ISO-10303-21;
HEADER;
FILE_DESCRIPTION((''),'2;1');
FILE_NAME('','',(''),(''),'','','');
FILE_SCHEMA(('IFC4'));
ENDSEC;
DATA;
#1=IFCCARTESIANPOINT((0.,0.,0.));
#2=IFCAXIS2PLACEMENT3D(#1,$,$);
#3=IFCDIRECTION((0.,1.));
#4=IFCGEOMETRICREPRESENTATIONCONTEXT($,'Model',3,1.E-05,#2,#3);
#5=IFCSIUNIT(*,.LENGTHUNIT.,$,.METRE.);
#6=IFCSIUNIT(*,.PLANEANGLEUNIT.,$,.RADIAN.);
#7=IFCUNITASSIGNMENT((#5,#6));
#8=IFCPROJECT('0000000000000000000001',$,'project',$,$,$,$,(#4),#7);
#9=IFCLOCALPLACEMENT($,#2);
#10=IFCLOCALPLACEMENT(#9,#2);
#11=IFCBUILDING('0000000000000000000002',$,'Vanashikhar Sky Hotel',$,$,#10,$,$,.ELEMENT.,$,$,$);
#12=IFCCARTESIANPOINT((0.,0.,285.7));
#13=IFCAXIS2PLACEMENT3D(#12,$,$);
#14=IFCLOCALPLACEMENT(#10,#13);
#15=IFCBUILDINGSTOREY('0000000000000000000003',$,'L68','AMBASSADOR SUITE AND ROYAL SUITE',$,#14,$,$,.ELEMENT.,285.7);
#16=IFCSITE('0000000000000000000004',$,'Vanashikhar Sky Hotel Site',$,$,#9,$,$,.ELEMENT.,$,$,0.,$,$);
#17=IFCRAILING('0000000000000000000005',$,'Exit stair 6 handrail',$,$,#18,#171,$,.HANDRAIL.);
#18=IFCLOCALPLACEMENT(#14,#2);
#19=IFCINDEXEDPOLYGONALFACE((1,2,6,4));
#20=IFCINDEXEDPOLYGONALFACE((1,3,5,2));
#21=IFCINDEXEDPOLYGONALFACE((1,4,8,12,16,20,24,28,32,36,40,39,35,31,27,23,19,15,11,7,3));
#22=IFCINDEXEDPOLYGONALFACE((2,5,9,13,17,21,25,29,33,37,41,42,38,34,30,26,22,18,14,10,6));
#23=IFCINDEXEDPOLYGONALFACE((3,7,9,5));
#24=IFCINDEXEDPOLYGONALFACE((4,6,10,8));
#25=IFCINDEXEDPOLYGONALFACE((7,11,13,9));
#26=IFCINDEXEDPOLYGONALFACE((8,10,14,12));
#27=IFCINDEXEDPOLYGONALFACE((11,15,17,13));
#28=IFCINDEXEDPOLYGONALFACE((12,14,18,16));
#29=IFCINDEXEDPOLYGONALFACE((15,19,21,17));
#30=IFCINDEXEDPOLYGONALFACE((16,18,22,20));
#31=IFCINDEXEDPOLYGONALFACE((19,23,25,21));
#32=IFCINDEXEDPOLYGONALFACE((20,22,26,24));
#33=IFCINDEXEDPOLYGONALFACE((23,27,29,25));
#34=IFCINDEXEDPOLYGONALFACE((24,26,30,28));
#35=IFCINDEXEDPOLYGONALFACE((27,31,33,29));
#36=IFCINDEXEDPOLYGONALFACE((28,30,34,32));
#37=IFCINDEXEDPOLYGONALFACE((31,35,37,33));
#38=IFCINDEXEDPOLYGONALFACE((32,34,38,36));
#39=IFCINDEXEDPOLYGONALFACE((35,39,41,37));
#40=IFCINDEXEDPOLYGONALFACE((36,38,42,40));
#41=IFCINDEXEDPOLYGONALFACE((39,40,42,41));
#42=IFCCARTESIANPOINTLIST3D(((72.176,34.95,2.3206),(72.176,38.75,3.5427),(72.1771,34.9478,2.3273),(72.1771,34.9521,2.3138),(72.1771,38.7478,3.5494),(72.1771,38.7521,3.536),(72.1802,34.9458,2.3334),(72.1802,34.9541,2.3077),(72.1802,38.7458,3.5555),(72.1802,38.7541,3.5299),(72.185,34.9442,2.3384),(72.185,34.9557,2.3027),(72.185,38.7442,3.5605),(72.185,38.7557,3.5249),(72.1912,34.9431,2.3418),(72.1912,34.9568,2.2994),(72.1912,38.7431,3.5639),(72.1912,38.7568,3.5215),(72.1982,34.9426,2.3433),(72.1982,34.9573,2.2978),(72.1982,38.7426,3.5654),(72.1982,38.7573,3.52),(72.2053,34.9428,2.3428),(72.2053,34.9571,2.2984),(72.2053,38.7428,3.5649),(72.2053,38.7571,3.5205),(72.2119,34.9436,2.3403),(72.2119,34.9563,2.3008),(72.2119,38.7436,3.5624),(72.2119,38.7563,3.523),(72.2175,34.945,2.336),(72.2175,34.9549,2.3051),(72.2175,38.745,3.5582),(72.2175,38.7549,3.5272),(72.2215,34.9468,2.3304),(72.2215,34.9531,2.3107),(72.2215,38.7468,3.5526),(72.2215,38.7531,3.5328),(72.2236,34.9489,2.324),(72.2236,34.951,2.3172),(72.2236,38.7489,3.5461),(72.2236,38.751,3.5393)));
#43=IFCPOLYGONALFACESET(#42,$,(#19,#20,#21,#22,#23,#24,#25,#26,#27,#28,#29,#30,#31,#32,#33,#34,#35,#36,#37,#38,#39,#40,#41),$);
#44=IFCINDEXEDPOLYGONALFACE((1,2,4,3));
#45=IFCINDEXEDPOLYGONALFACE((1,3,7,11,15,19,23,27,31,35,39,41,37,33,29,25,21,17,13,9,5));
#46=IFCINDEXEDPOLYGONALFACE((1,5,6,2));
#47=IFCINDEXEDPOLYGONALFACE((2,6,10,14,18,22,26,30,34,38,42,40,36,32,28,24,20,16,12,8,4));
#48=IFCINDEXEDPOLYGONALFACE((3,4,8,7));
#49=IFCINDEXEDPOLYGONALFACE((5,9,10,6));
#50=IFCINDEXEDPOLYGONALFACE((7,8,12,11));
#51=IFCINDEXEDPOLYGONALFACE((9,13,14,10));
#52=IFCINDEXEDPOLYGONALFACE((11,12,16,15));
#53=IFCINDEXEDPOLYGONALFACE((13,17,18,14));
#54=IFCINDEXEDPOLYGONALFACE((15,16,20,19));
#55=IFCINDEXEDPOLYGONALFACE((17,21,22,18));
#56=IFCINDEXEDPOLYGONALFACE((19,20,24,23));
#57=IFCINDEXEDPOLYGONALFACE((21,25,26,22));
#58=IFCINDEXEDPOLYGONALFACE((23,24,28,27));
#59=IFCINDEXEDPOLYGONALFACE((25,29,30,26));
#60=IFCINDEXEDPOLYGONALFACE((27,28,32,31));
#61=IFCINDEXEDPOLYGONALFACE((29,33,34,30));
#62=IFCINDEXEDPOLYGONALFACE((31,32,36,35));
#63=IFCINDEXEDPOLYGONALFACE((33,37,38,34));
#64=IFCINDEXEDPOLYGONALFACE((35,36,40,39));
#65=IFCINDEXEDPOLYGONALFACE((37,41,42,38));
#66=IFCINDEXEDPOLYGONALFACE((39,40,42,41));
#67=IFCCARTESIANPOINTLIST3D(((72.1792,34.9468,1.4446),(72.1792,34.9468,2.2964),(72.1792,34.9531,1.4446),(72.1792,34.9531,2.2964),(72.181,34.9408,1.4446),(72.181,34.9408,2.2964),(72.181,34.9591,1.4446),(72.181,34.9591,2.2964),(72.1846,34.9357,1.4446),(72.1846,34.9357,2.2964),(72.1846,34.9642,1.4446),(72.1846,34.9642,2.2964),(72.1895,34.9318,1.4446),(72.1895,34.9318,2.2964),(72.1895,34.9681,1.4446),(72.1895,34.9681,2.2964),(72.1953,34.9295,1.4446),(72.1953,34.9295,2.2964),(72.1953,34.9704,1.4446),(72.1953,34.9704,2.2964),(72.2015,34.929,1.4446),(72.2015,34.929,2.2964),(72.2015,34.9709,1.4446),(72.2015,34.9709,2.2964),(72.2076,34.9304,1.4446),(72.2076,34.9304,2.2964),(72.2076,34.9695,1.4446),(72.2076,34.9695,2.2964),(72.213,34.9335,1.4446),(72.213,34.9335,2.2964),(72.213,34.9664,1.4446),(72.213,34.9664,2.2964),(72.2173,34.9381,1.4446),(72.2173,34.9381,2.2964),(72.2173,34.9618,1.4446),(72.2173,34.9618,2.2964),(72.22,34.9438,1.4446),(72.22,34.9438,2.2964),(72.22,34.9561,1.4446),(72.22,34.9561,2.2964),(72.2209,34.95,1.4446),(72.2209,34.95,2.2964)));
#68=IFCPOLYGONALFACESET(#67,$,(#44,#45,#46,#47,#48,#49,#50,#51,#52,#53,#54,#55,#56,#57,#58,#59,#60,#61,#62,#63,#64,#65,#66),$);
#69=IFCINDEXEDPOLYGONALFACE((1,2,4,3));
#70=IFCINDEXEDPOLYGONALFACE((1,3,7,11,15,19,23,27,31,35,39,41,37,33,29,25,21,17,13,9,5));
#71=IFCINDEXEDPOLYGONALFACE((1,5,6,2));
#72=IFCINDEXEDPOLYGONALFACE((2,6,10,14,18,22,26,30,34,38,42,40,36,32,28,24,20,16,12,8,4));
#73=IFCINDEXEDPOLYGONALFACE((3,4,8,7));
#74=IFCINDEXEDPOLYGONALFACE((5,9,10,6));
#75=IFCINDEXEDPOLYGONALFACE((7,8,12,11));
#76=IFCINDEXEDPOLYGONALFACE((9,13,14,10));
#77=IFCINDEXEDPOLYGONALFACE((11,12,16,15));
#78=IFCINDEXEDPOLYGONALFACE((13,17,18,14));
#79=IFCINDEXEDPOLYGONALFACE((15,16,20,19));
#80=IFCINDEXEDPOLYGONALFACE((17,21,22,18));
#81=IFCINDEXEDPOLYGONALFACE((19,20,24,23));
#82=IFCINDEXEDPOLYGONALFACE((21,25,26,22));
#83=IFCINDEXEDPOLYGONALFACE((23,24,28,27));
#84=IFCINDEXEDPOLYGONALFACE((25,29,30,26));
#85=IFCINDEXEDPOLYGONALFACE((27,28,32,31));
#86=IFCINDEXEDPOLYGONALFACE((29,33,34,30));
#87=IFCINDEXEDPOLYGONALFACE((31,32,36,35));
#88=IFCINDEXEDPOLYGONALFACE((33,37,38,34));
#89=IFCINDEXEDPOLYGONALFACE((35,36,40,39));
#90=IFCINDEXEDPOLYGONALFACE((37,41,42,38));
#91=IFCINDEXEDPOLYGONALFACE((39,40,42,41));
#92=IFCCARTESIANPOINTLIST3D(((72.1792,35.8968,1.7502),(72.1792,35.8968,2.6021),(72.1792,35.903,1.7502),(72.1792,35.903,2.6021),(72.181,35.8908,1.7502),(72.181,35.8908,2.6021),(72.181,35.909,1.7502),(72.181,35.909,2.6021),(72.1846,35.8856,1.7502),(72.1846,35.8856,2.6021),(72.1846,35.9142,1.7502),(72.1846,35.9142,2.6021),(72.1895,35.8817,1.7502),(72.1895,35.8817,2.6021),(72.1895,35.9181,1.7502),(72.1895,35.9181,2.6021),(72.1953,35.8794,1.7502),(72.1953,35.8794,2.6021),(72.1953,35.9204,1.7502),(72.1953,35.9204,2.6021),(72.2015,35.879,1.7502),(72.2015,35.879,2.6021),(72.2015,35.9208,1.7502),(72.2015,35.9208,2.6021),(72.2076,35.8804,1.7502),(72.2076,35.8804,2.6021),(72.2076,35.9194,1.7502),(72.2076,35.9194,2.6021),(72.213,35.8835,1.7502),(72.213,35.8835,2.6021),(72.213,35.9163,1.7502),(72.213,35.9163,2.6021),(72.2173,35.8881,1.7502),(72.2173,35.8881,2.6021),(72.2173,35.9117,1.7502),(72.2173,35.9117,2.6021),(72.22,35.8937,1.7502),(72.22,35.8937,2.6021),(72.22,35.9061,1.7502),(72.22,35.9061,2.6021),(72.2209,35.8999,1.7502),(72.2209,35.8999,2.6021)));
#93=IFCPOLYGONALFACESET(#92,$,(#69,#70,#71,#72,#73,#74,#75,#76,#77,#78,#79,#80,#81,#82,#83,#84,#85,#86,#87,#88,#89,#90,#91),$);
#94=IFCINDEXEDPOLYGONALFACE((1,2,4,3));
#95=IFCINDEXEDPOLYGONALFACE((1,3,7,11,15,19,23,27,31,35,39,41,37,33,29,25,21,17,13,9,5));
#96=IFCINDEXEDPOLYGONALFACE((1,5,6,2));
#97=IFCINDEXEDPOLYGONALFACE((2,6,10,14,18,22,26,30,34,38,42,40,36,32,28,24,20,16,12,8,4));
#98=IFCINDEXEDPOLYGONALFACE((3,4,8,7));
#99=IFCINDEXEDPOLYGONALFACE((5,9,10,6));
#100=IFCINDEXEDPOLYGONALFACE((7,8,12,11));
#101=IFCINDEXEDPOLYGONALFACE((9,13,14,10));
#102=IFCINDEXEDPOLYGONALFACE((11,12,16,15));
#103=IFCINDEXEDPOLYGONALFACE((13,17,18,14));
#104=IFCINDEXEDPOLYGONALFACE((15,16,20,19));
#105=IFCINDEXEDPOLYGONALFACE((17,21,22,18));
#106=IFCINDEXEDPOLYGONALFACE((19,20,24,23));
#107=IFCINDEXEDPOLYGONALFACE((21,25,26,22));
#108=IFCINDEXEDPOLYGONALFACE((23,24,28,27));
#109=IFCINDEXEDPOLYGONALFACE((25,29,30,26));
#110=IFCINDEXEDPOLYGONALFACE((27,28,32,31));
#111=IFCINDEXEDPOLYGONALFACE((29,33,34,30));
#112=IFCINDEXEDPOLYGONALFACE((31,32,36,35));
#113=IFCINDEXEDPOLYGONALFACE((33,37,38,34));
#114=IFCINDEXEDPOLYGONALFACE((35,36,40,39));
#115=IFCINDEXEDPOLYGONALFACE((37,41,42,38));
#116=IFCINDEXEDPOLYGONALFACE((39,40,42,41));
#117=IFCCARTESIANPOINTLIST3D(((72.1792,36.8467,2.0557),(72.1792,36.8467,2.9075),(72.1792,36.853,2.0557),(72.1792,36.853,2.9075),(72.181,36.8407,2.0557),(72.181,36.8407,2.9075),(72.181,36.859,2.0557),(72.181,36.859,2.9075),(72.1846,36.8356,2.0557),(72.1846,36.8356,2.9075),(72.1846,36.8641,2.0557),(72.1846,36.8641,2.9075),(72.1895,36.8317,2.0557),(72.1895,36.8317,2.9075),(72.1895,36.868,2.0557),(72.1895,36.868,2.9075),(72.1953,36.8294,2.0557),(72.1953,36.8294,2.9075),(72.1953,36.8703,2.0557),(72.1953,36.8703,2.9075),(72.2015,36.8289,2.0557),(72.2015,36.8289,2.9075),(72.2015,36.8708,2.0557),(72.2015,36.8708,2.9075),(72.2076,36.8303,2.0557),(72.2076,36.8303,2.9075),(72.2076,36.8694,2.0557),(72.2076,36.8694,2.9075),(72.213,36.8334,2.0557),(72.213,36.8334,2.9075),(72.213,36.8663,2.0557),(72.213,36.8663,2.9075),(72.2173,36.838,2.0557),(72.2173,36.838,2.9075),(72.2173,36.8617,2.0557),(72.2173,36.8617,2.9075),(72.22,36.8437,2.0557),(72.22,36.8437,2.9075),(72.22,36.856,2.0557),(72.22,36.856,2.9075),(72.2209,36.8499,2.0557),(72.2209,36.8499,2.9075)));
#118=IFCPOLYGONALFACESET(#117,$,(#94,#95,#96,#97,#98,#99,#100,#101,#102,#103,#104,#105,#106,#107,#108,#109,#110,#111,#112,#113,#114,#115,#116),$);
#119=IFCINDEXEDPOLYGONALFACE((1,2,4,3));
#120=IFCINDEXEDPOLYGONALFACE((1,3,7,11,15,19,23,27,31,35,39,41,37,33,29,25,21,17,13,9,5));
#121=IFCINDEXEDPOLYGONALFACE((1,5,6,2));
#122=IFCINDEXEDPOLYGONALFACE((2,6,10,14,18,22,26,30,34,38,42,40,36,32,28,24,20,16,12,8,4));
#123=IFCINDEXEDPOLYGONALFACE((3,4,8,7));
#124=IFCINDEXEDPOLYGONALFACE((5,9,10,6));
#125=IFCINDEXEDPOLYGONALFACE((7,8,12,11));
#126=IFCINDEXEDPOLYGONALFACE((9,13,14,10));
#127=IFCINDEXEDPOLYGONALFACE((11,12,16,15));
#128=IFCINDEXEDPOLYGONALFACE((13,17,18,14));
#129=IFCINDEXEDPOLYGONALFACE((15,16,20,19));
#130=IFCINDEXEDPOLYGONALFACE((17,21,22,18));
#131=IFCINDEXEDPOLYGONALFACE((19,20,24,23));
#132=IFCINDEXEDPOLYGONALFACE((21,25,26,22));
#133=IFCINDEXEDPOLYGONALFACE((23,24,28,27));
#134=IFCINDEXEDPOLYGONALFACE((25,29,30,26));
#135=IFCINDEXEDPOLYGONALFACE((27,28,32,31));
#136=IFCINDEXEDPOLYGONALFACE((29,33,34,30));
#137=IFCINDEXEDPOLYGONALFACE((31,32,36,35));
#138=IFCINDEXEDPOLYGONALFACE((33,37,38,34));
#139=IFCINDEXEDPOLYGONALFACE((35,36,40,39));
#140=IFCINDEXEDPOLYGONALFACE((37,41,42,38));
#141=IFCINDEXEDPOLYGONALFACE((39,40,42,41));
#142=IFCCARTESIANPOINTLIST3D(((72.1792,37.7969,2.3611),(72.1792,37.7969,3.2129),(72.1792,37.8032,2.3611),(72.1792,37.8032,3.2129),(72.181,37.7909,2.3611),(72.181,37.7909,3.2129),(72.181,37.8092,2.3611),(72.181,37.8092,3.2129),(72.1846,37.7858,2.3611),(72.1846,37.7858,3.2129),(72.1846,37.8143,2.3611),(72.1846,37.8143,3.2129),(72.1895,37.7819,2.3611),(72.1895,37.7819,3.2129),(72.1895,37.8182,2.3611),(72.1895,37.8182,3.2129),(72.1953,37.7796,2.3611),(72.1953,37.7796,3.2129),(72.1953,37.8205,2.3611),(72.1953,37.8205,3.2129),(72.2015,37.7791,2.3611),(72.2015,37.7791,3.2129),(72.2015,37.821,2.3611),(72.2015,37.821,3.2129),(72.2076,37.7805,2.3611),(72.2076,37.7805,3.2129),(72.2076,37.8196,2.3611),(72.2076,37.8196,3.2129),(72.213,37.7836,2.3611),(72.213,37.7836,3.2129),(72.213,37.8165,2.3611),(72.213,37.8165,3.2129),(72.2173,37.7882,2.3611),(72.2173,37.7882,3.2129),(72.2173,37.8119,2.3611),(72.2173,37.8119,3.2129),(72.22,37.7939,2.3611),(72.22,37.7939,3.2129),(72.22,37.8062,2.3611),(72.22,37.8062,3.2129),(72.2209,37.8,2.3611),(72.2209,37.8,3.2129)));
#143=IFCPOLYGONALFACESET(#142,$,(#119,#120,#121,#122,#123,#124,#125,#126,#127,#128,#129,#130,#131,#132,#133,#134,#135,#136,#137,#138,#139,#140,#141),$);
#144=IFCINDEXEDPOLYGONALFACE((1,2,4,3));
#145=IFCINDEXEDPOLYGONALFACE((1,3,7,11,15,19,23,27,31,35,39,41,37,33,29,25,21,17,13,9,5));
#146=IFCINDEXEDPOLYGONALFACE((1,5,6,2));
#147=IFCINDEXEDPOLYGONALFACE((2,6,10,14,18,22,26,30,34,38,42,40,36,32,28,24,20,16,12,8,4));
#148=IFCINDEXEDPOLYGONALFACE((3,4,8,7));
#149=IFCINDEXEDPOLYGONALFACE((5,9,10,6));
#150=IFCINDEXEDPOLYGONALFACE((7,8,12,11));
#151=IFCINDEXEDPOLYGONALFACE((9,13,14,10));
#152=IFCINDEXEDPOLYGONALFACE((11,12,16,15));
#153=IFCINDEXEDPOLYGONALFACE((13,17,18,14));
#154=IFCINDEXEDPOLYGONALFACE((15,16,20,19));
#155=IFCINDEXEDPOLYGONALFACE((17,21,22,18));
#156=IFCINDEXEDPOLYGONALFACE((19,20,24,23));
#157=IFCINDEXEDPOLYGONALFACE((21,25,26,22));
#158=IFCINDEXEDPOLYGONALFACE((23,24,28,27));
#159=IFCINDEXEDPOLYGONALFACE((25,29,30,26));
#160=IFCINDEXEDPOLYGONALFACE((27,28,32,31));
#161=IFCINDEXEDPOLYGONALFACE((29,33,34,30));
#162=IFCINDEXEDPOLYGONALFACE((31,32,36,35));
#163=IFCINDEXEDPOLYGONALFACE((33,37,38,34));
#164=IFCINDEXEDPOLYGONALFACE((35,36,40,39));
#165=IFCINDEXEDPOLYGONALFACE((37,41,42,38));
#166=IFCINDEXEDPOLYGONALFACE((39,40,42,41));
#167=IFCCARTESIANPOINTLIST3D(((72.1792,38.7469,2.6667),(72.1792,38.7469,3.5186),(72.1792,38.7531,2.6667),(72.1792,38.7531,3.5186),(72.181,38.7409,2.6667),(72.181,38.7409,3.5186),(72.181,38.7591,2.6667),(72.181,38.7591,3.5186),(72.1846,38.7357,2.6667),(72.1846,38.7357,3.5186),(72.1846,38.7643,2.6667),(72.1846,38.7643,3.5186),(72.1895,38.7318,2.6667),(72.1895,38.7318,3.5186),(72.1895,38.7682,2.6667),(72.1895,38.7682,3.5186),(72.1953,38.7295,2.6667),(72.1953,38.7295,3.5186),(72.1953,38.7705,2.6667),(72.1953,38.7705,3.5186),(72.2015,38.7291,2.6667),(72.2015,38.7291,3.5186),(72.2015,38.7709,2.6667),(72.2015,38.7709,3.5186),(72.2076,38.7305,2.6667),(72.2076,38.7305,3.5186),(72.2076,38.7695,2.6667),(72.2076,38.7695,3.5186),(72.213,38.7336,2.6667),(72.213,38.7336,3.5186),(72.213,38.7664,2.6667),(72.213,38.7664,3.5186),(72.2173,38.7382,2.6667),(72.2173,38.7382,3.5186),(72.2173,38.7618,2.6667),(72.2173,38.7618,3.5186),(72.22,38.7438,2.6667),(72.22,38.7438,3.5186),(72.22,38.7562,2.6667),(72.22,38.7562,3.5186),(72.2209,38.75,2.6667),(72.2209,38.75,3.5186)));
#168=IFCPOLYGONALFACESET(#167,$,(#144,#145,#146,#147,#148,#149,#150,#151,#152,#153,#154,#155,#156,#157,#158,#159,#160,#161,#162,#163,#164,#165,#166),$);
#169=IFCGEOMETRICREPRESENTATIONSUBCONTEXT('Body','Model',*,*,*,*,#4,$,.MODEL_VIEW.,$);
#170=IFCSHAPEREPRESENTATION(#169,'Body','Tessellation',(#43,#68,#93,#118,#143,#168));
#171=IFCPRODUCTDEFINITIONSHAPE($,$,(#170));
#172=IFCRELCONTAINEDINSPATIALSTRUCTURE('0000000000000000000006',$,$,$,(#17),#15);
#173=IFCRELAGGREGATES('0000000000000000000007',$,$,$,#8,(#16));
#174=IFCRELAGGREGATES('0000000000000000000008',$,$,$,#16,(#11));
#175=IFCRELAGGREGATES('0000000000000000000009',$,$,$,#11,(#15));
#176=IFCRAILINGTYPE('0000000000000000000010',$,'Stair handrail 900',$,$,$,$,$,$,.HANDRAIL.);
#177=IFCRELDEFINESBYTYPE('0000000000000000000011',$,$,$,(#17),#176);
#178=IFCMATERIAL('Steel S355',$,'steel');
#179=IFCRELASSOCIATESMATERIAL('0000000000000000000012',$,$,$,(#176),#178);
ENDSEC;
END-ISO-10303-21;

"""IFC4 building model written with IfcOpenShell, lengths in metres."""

from ifc_helpers import new_model, si_unit, direction, frame, origin, origin_2d, place, context, subcontext, project, spatial, circle, extrude, source, transform, mapped, material, type_object, element, save


model = new_model("IFC4")

# Units and contexts
model_context = context("Model", 3, precision=1e-05, world=origin(), true_north=direction((0.0, 1.0)))
body_context = subcontext(model_context, "Body", "Model", "MODEL_VIEW")
ifc_project = project(units=[si_unit("LENGTHUNIT", "METRE"), si_unit("PLANEANGLEUNIT", "RADIAN")], contexts=[model_context])

# Site, building, storey
site_placement = place(None, origin())
site = spatial("IfcSite", under=ifc_project, at=site_placement, Name="Vanashikhar Sky Hotel Site", CompositionType="ELEMENT", RefElevation=0.0)
building_placement = place(site_placement, origin())
building = spatial("IfcBuilding", under=site, at=building_placement, Name="Vanashikhar Sky Hotel", CompositionType="ELEMENT")
storey_placement = place(building_placement, frame((0.0, 0.0, 285.7)))
storey = spatial("IfcBuildingStorey", under=building, at=storey_placement, Name="L68", Description="AMBASSADOR SUITE AND ROYAL SUITE", CompositionType="ELEMENT", Elevation=285.7)

# Railing
ifc_material_1 = material(Name="Steel S355", Category="steel")
railing_type_1 = type_object("IfcRailingType", Name="Stair handrail 900", PredefinedType="HANDRAIL", material=ifc_material_1)
shared_shape_1 = source(origin(), body_context, "Body", "SweptSolid", [
    extrude(circle(Radius=0.0239, at=origin_2d()), frame((0.0, 0.0, 0.876), z_axis=(0.0, 0.951976, 0.306173), x_axis=(-1.0, 0.0, 0.0)), (0.0, 0.0, 1.0), 3.9917),
    extrude(circle(Radius=0.021, at=origin_2d()), origin(), (0.0, 0.0, 1.0), 0.8518),
    extrude(circle(Radius=0.021, at=origin_2d()), frame((0.0, 0.95, 0.3057)), (0.0, 0.0, 1.0), 0.8518),
    extrude(circle(Radius=0.021, at=origin_2d()), frame((0.0, 1.8999, 0.6111)), (0.0, 0.0, 1.0), 0.8518),
    extrude(circle(Radius=0.021, at=origin_2d()), frame((0.0, 2.8501, 0.9165)), (0.0, 0.0, 1.0), 0.8518),
    extrude(circle(Radius=0.021, at=origin_2d()), frame((0.0, 3.8, 1.2222)), (0.0, 0.0, 1.0), 0.8518),
])
railing_1_placement = place(storey_placement, frame((72.2, 34.95, 1.4446)))
element("IfcRailing", 1, at=railing_1_placement, inside=storey, type_object=railing_type_1, Name="Exit stair 6 handrail", PredefinedType="HANDRAIL", context=body_context, shape_type="MappedRepresentation", body=[
    mapped(shared_shape_1, transform((0.0, 0.0, 0.0), scale=1.0)),
])

save(model, "model.ifc")
